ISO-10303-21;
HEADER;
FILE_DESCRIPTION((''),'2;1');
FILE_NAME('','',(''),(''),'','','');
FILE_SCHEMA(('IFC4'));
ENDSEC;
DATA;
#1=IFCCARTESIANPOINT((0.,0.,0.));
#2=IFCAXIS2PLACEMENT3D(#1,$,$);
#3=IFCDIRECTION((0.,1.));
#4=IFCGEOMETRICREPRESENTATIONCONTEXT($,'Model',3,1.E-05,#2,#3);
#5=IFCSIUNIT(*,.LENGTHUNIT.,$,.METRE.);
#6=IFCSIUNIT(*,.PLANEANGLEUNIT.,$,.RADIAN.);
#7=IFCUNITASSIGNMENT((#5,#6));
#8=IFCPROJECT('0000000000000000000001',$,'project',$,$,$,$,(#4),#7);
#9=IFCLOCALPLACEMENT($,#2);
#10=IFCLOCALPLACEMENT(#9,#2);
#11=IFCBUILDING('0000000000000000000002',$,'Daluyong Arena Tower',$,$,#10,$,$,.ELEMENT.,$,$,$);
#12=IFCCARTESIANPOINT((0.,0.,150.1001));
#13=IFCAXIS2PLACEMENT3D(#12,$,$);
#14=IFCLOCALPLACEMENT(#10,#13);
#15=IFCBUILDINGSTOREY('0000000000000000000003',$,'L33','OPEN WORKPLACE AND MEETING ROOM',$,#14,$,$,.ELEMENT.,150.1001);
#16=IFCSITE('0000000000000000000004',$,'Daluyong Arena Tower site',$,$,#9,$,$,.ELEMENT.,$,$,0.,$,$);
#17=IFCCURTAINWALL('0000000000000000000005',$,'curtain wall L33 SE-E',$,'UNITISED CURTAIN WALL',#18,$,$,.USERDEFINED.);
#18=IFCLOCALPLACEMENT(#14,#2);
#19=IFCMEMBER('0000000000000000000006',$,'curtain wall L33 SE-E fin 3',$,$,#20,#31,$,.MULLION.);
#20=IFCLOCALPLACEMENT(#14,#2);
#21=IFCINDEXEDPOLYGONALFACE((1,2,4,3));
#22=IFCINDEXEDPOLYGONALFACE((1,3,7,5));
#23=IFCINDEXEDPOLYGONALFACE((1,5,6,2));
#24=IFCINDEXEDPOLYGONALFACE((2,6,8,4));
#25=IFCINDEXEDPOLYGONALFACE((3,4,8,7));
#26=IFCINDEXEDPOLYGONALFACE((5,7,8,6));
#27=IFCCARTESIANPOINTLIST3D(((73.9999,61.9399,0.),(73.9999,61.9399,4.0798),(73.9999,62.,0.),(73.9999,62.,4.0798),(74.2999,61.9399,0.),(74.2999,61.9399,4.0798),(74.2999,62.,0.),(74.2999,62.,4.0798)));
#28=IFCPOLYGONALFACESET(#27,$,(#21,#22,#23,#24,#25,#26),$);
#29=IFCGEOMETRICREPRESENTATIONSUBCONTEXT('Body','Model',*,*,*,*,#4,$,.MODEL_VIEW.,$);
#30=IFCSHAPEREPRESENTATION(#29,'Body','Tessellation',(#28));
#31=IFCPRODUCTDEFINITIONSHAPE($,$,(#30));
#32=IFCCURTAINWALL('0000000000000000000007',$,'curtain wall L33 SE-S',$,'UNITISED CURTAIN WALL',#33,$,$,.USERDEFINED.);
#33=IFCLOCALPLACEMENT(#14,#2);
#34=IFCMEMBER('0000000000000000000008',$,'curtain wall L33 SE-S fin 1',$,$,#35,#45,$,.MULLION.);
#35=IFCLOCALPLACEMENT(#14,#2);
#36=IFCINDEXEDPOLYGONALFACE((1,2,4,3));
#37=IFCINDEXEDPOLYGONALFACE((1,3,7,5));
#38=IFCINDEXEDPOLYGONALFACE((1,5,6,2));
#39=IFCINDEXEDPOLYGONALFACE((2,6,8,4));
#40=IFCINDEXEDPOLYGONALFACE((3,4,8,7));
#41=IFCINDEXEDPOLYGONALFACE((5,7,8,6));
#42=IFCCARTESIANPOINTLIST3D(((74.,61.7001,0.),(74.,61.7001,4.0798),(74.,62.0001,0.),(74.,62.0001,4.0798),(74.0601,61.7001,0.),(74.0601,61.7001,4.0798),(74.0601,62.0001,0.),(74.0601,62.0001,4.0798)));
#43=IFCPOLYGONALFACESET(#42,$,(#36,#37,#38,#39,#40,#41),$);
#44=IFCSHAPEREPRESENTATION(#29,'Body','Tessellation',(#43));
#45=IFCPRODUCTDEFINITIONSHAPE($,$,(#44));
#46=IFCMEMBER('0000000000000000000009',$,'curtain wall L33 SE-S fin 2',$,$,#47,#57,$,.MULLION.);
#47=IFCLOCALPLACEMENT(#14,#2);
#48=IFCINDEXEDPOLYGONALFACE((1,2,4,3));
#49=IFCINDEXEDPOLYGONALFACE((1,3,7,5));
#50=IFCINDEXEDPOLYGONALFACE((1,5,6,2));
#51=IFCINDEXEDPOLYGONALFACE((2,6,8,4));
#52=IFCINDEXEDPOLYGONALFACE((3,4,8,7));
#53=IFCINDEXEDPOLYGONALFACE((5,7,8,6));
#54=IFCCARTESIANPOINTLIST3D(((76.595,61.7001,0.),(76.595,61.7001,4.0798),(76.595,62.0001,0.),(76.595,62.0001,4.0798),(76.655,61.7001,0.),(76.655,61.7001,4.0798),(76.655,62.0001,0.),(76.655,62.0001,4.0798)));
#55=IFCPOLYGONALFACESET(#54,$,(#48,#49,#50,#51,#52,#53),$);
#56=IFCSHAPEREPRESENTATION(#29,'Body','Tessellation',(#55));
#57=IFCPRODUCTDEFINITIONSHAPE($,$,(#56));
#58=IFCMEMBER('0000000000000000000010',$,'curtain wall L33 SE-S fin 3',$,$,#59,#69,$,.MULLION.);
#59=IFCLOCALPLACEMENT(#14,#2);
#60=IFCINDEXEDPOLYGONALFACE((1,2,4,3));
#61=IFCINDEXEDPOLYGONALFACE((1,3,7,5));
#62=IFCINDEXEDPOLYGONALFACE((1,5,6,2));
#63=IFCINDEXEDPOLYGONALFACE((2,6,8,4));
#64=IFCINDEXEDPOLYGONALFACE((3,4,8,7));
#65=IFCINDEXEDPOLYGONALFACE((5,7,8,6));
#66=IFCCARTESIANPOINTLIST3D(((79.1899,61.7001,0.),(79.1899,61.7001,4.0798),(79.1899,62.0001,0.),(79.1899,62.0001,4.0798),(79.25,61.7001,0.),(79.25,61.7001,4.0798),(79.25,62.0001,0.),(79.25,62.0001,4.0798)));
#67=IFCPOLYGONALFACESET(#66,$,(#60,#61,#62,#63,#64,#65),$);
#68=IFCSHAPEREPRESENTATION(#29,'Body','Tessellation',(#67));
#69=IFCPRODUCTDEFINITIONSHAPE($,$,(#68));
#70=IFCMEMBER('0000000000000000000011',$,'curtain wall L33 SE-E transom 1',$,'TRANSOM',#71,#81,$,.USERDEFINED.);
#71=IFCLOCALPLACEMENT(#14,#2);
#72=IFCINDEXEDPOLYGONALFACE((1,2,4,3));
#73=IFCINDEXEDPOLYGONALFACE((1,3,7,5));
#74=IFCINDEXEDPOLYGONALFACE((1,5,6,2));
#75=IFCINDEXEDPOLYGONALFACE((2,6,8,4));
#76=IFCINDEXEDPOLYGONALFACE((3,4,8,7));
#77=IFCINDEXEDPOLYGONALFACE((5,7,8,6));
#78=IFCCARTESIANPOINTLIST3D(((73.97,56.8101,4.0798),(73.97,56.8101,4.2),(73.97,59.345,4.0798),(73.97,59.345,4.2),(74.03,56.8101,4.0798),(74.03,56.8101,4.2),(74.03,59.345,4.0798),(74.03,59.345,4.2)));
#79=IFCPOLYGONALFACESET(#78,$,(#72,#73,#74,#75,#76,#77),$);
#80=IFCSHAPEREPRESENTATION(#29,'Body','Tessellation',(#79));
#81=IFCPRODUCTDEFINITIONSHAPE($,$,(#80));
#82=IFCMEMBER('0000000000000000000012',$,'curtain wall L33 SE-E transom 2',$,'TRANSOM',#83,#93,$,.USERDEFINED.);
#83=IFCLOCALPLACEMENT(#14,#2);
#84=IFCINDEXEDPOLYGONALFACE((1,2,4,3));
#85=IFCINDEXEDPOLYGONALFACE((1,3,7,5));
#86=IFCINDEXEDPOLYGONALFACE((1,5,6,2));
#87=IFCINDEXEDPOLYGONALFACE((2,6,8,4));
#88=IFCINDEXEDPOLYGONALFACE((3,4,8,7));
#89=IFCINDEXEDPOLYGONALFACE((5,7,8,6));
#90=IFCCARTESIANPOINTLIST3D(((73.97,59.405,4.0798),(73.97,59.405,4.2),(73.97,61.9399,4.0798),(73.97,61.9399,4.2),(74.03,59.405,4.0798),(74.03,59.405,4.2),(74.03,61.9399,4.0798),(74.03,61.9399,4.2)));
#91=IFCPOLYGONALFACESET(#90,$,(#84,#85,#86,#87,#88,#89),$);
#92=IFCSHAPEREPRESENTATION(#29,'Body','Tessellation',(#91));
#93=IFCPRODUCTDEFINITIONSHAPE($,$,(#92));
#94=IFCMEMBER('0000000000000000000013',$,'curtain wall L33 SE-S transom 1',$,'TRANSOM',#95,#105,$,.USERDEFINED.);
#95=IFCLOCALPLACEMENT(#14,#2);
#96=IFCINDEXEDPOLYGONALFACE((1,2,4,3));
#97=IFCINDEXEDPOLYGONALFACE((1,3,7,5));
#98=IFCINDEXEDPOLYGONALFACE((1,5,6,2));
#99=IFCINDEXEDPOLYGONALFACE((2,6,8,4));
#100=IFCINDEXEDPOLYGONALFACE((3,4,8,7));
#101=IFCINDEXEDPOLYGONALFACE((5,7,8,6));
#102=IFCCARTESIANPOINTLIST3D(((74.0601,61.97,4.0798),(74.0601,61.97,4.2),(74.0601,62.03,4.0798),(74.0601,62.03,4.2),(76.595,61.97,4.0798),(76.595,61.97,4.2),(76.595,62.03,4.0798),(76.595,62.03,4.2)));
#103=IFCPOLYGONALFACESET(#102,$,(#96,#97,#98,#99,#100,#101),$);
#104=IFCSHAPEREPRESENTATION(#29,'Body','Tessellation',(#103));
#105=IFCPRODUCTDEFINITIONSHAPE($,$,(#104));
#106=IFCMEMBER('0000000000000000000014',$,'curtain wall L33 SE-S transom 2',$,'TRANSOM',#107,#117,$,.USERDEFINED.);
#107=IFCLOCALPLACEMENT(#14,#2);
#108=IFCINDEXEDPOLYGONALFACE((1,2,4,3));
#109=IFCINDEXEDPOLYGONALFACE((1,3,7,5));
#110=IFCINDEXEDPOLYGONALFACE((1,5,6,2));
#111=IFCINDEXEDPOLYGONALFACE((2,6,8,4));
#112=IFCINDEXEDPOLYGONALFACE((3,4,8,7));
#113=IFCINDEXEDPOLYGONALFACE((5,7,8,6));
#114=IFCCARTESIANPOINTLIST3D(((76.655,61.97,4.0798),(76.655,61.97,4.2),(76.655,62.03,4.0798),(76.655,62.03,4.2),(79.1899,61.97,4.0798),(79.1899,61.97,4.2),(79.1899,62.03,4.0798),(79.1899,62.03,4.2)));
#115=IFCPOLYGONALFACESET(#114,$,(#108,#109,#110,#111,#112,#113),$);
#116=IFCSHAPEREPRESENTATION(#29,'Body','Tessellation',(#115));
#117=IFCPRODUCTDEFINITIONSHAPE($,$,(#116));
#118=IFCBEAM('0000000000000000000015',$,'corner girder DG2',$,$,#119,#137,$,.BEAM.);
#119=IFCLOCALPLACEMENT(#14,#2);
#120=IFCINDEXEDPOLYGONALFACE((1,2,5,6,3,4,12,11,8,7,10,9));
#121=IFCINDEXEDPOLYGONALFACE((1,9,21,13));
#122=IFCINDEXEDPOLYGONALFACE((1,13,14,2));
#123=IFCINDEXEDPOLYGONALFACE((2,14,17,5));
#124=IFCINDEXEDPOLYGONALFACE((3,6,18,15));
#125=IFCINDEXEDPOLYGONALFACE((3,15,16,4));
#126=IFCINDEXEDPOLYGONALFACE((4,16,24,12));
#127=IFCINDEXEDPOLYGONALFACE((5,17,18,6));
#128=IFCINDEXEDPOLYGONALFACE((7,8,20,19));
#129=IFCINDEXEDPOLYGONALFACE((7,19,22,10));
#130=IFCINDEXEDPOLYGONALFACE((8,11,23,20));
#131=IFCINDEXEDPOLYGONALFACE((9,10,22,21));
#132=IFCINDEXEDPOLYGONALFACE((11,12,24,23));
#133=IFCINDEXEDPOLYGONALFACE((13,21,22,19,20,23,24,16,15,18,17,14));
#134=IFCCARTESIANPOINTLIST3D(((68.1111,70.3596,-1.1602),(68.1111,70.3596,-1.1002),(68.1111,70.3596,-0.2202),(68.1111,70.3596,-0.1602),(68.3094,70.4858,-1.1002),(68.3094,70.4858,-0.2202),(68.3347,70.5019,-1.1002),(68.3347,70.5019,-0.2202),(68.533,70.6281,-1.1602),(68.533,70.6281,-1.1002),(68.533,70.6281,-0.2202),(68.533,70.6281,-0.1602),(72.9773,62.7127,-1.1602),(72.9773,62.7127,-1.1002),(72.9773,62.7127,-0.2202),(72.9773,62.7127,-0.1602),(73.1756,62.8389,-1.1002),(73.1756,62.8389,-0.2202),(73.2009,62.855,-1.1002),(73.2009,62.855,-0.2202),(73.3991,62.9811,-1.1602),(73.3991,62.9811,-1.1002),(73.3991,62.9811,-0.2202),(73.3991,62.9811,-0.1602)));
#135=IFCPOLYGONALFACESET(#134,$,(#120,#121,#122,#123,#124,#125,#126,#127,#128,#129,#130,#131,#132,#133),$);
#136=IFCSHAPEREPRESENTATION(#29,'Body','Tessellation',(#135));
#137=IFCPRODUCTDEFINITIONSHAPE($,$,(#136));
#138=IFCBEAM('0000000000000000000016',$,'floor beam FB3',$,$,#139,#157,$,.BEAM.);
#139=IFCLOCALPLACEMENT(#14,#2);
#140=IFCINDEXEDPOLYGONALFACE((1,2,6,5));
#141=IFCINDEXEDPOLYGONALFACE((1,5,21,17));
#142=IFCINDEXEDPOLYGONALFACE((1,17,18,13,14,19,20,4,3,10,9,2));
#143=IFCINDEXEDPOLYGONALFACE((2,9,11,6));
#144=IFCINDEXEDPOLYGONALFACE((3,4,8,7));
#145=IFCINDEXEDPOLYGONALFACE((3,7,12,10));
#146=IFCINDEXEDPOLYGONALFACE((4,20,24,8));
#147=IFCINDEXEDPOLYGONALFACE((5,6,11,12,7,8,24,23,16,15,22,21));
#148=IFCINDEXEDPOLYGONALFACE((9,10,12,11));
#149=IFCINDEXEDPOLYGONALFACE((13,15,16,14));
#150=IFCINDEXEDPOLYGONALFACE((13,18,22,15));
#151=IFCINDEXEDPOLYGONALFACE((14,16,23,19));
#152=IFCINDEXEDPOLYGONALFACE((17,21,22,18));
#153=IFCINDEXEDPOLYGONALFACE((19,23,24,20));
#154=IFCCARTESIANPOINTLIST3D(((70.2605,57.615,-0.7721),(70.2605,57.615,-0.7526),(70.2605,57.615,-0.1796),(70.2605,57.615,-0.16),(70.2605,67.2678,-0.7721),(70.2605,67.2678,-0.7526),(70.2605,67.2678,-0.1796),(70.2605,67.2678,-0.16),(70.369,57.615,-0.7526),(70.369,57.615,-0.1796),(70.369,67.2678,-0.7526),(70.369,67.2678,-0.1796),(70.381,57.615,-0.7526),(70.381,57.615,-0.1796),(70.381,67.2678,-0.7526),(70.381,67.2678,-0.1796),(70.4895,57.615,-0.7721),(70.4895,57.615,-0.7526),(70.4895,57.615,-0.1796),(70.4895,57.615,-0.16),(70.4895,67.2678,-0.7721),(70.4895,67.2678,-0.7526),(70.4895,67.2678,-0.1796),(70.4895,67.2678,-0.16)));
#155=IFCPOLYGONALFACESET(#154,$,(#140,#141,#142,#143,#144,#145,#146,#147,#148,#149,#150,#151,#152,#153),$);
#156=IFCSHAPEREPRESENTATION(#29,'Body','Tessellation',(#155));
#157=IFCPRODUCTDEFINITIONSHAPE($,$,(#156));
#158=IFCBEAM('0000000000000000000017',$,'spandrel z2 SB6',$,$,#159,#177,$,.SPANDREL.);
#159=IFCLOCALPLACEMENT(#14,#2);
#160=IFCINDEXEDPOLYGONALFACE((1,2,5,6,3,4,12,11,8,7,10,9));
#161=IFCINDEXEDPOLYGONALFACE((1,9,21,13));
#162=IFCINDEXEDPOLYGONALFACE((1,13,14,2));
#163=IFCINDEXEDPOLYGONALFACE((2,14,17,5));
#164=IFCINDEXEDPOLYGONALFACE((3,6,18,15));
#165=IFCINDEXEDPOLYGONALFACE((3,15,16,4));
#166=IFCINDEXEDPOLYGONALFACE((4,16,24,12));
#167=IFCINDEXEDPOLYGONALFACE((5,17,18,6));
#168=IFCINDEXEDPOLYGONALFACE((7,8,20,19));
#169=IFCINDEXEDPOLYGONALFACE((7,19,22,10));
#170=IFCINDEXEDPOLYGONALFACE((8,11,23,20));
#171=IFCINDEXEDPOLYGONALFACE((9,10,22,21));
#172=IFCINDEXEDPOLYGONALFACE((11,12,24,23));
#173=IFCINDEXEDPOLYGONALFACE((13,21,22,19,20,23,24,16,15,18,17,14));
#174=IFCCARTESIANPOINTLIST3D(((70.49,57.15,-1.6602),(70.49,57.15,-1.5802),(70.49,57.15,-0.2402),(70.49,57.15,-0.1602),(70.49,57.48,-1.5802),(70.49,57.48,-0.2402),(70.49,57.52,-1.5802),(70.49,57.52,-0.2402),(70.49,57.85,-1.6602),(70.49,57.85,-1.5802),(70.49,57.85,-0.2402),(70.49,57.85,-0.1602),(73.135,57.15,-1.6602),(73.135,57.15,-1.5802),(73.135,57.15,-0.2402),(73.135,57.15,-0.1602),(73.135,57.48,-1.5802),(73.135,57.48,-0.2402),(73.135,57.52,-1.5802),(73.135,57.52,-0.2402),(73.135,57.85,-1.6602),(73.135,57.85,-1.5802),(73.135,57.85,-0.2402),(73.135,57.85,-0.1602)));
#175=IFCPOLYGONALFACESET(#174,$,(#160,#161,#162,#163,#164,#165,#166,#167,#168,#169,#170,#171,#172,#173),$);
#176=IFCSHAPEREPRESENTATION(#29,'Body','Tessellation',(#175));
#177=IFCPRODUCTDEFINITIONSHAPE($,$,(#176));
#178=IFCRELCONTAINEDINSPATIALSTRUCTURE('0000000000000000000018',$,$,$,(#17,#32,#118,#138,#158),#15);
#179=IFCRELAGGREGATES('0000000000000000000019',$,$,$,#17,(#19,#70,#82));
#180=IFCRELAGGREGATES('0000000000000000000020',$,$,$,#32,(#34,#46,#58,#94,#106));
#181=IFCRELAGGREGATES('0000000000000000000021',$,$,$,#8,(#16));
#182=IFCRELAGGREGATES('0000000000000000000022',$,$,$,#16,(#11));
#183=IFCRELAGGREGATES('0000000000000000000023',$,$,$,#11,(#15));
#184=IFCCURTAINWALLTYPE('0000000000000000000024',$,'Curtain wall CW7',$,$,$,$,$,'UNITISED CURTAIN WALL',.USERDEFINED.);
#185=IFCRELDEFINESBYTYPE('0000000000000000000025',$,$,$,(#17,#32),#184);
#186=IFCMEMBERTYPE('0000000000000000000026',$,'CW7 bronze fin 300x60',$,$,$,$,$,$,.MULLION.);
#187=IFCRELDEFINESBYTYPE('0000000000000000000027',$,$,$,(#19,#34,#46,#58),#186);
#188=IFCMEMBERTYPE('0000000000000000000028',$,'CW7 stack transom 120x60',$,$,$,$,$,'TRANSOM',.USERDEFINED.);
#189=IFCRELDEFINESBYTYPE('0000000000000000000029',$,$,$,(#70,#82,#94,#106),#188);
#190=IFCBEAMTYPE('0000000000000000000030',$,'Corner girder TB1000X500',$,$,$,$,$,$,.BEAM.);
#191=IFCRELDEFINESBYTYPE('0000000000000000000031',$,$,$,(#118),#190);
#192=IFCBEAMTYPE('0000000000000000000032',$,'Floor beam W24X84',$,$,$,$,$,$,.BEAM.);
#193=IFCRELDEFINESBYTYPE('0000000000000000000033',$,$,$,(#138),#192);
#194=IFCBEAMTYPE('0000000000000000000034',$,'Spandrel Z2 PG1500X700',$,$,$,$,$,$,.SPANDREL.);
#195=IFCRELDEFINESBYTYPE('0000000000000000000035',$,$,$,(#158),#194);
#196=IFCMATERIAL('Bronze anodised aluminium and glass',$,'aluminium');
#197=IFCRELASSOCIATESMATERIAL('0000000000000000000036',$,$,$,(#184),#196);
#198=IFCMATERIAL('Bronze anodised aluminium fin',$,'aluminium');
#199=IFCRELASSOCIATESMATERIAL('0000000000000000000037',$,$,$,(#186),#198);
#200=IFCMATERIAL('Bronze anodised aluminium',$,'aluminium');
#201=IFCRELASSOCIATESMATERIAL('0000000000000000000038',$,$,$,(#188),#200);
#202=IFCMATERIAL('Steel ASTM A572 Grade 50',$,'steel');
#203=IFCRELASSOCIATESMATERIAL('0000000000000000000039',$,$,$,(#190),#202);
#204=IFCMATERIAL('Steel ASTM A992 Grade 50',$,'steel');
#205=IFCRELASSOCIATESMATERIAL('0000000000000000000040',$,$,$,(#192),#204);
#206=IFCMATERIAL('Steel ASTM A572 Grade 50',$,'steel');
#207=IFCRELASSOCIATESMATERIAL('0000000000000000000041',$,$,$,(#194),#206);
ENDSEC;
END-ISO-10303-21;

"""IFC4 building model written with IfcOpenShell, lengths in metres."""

from ifc_helpers import new_model, si_unit, direction, frame, origin, origin_2d, place, context, subcontext, project, spatial, rectangle, i_section, extrude, material, material_profile, profile_set, type_object, element, aggregate, save


model = new_model("IFC4")

# Units and contexts
model_context = context("Model", 3, precision=1e-05, world=origin(), true_north=direction((0.0, 1.0)))
body_context = subcontext(model_context, "Body", "Model", "MODEL_VIEW")
ifc_project = project(units=[si_unit("LENGTHUNIT", "METRE"), si_unit("PLANEANGLEUNIT", "RADIAN")], contexts=[model_context])

# Site, building, storey
site_placement = place(None, origin())
site = spatial("IfcSite", under=ifc_project, at=site_placement, Name="Daluyong Arena Tower site", CompositionType="ELEMENT", RefElevation=0.0)
building_placement = place(site_placement, origin())
building = spatial("IfcBuilding", under=site, at=building_placement, Name="Daluyong Arena Tower", CompositionType="ELEMENT")
storey_placement = place(building_placement, frame((0.0, 0.0, 150.1001)))
storey = spatial("IfcBuildingStorey", under=building, at=storey_placement, Name="L33", Description="OPEN WORKPLACE AND MEETING ROOM", CompositionType="ELEMENT", Elevation=150.1001)

# Curtain walls, members
ifc_material_1 = material(Name="Bronze anodised aluminium and glass", Category="aluminium")
curtain_wall_type_1 = type_object("IfcCurtainWallType", Name="Curtain wall CW7", ElementType="UNITISED CURTAIN WALL", PredefinedType="USERDEFINED", material=ifc_material_1)
curtain_wall_1_placement = place(storey_placement, origin())
curtain_wall_1 = element("IfcCurtainWall", 1, at=curtain_wall_1_placement, inside=storey, type_object=curtain_wall_type_1, Name="curtain wall L33 SE-E", ObjectType="UNITISED CURTAIN WALL", PredefinedType="USERDEFINED")
ifc_material_2 = material(Name="Bronze anodised aluminium fin", Category="aluminium")
ifc_material_profile_1 = material_profile(ifc_material_2, rectangle(XDim=0.3, YDim=0.0601, at=origin_2d()))
ifc_profile_set_1 = profile_set([ifc_material_profile_1], Name="Bronze anodised aluminium fin")
member_type_1 = type_object("IfcMemberType", Name="CW7 bronze fin 300x60", PredefinedType="MULLION", material=ifc_profile_set_1)
member_1_placement = place(storey_placement, frame((74.1499, 61.97, 0.0), z_axis=(0.0, 0.0, 1.0), x_axis=(-1.0, 0.0, 0.0)))
member_1 = element("IfcMember", 2, at=member_1_placement, type_object=member_type_1, Name="curtain wall L33 SE-E fin 3", PredefinedType="MULLION", context=body_context, shape_type="SweptSolid", body=[
    extrude(rectangle(XDim=0.3, YDim=0.0601, at=origin_2d()), origin(), (0.0, 0.0, 1.0), 4.0798),
])
curtain_wall_2_placement = place(storey_placement, origin())
curtain_wall_2 = element("IfcCurtainWall", 3, at=curtain_wall_2_placement, inside=storey, type_object=curtain_wall_type_1, Name="curtain wall L33 SE-S", ObjectType="UNITISED CURTAIN WALL", PredefinedType="USERDEFINED")
member_2_placement = place(storey_placement, frame((74.03, 61.8501, 0.0), z_axis=(0.0, 0.0, 1.0), x_axis=(0.0, 1.0, 0.0)))
member_2 = element("IfcMember", 4, at=member_2_placement, type_object=member_type_1, Name="curtain wall L33 SE-S fin 1", PredefinedType="MULLION", context=body_context, shape_type="SweptSolid", body=[
    extrude(rectangle(XDim=0.3, YDim=0.0601, at=origin_2d()), origin(), (0.0, 0.0, 1.0), 4.0798),
])
member_3_placement = place(storey_placement, frame((76.625, 61.8501, 0.0), z_axis=(0.0, 0.0, 1.0), x_axis=(0.0, 1.0, 0.0)))
member_3 = element("IfcMember", 5, at=member_3_placement, type_object=member_type_1, Name="curtain wall L33 SE-S fin 2", PredefinedType="MULLION", context=body_context, shape_type="SweptSolid", body=[
    extrude(rectangle(XDim=0.3, YDim=0.0601, at=origin_2d()), origin(), (0.0, 0.0, 1.0), 4.0798),
])
member_4_placement = place(storey_placement, frame((79.22, 61.8501, 0.0), z_axis=(0.0, 0.0, 1.0), x_axis=(0.0, 1.0, 0.0)))
member_4 = element("IfcMember", 6, at=member_4_placement, type_object=member_type_1, Name="curtain wall L33 SE-S fin 3", PredefinedType="MULLION", context=body_context, shape_type="SweptSolid", body=[
    extrude(rectangle(XDim=0.3, YDim=0.0601, at=origin_2d()), origin(), (0.0, 0.0, 1.0), 4.0798),
])

# Members
ifc_material_3 = material(Name="Bronze anodised aluminium", Category="aluminium")
ifc_material_profile_2 = material_profile(ifc_material_3, rectangle(XDim=0.0601, YDim=0.1201, at=origin_2d()))
ifc_profile_set_2 = profile_set([ifc_material_profile_2], Name="Bronze anodised aluminium")
member_type_2 = type_object("IfcMemberType", Name="CW7 stack transom 120x60", ElementType="TRANSOM", PredefinedType="USERDEFINED", material=ifc_profile_set_2)
member_5_placement = place(storey_placement, frame((74.0, 56.8101, 4.1399), z_axis=(0.0, 1.0, 0.0), x_axis=(-1.0, 0.0, 0.0)))
member_5 = element("IfcMember", 7, at=member_5_placement, type_object=member_type_2, Name="curtain wall L33 SE-E transom 1", ObjectType="TRANSOM", PredefinedType="USERDEFINED", context=body_context, shape_type="SweptSolid", body=[
    extrude(rectangle(XDim=0.0601, YDim=0.1201, at=origin_2d()), origin(), (0.0, 0.0, 1.0), 2.5349),
])
member_6_placement = place(storey_placement, frame((74.0, 59.405, 4.1399), z_axis=(0.0, 1.0, 0.0), x_axis=(-1.0, 0.0, 0.0)))
member_6 = element("IfcMember", 8, at=member_6_placement, type_object=member_type_2, Name="curtain wall L33 SE-E transom 2", ObjectType="TRANSOM", PredefinedType="USERDEFINED", context=body_context, shape_type="SweptSolid", body=[
    extrude(rectangle(XDim=0.0601, YDim=0.1201, at=origin_2d()), origin(), (0.0, 0.0, 1.0), 2.5349),
])
member_7_placement = place(storey_placement, frame((74.0601, 62.0, 4.1399), z_axis=(1.0, 0.0, 0.0), x_axis=(0.0, 1.0, 0.0)))
member_7 = element("IfcMember", 9, at=member_7_placement, type_object=member_type_2, Name="curtain wall L33 SE-S transom 1", ObjectType="TRANSOM", PredefinedType="USERDEFINED", context=body_context, shape_type="SweptSolid", body=[
    extrude(rectangle(XDim=0.0601, YDim=0.1201, at=origin_2d()), origin(), (0.0, 0.0, 1.0), 2.5349),
])
member_8_placement = place(storey_placement, frame((76.655, 62.0, 4.1399), z_axis=(1.0, 0.0, 0.0), x_axis=(0.0, 1.0, 0.0)))
member_8 = element("IfcMember", 10, at=member_8_placement, type_object=member_type_2, Name="curtain wall L33 SE-S transom 2", ObjectType="TRANSOM", PredefinedType="USERDEFINED", context=body_context, shape_type="SweptSolid", body=[
    extrude(rectangle(XDim=0.0601, YDim=0.1201, at=origin_2d()), origin(), (0.0, 0.0, 1.0), 2.5349),
])

# Beams
ifc_material_4 = material(Name="Steel ASTM A572 Grade 50", Category="steel")
ifc_material_profile_3 = material_profile(ifc_material_4, i_section(OverallWidth=0.5, OverallDepth=1.0, WebThickness=0.03, FlangeThickness=0.06, at=origin_2d()))
ifc_profile_set_3 = profile_set([ifc_material_profile_3], Name="Steel ASTM A572 Grade 50")
beam_type_1 = type_object("IfcBeamType", Name="Corner girder TB1000X500", PredefinedType="BEAM", material=ifc_profile_set_3)
beam_1_placement = place(storey_placement, frame((73.1882, 62.8469, -0.6602), z_axis=(-0.536872, 0.843664, 0.0), x_axis=(-0.843664, -0.536872, 0.0)))
element("IfcBeam", 11, at=beam_1_placement, inside=storey, type_object=beam_type_1, Name="corner girder DG2", PredefinedType="BEAM", context=body_context, shape_type="SweptSolid", body=[
    extrude(i_section(OverallWidth=0.5, OverallDepth=1.0, WebThickness=0.03, FlangeThickness=0.06, at=origin_2d()), origin(), (0.0, 0.0, 1.0), 9.064),
])
ifc_material_5 = material(Name="Steel ASTM A992 Grade 50", Category="steel")
ifc_material_profile_4 = material_profile(ifc_material_5, i_section(OverallWidth=0.229, OverallDepth=0.6121, WebThickness=0.012, FlangeThickness=0.0195, at=origin_2d()))
ifc_profile_set_4 = profile_set([ifc_material_profile_4], Name="Steel ASTM A992 Grade 50")
beam_type_2 = type_object("IfcBeamType", Name="Floor beam W24X84", PredefinedType="BEAM", material=ifc_profile_set_4)
beam_2_placement = place(storey_placement, frame((70.375, 57.615, -0.4661), z_axis=(0.0, 1.0, 0.0), x_axis=(-1.0, 0.0, 0.0)))
element("IfcBeam", 12, at=beam_2_placement, inside=storey, type_object=beam_type_2, Name="floor beam FB3", PredefinedType="BEAM", context=body_context, shape_type="SweptSolid", body=[
    extrude(i_section(OverallWidth=0.229, OverallDepth=0.6121, WebThickness=0.012, FlangeThickness=0.0195, at=origin_2d()), origin(), (0.0, 0.0, 1.0), 9.6528),
])
ifc_material_6 = material(Name="Steel ASTM A572 Grade 50", Category="steel")
ifc_material_profile_5 = material_profile(ifc_material_6, i_section(OverallWidth=0.7, OverallDepth=1.5, WebThickness=0.04, FlangeThickness=0.08, at=origin_2d()))
ifc_profile_set_5 = profile_set([ifc_material_profile_5], Name="Steel ASTM A572 Grade 50")
beam_type_3 = type_object("IfcBeamType", Name="Spandrel Z2 PG1500X700", PredefinedType="SPANDREL", material=ifc_profile_set_5)
beam_3_placement = place(storey_placement, frame((70.49, 57.5, -0.9102), z_axis=(1.0, 0.0, 0.0), x_axis=(0.0, 1.0, 0.0)))
element("IfcBeam", 13, at=beam_3_placement, inside=storey, type_object=beam_type_3, Name="spandrel z2 SB6", PredefinedType="SPANDREL", context=body_context, shape_type="SweptSolid", body=[
    extrude(i_section(OverallWidth=0.7, OverallDepth=1.5, WebThickness=0.04, FlangeThickness=0.08, at=origin_2d()), origin(), (0.0, 0.0, 1.0), 2.645),
])

aggregate(curtain_wall_1, [member_1, member_5, member_6])
aggregate(curtain_wall_2, [member_2, member_3, member_4, member_7, member_8])

save(model, "model.ifc")
